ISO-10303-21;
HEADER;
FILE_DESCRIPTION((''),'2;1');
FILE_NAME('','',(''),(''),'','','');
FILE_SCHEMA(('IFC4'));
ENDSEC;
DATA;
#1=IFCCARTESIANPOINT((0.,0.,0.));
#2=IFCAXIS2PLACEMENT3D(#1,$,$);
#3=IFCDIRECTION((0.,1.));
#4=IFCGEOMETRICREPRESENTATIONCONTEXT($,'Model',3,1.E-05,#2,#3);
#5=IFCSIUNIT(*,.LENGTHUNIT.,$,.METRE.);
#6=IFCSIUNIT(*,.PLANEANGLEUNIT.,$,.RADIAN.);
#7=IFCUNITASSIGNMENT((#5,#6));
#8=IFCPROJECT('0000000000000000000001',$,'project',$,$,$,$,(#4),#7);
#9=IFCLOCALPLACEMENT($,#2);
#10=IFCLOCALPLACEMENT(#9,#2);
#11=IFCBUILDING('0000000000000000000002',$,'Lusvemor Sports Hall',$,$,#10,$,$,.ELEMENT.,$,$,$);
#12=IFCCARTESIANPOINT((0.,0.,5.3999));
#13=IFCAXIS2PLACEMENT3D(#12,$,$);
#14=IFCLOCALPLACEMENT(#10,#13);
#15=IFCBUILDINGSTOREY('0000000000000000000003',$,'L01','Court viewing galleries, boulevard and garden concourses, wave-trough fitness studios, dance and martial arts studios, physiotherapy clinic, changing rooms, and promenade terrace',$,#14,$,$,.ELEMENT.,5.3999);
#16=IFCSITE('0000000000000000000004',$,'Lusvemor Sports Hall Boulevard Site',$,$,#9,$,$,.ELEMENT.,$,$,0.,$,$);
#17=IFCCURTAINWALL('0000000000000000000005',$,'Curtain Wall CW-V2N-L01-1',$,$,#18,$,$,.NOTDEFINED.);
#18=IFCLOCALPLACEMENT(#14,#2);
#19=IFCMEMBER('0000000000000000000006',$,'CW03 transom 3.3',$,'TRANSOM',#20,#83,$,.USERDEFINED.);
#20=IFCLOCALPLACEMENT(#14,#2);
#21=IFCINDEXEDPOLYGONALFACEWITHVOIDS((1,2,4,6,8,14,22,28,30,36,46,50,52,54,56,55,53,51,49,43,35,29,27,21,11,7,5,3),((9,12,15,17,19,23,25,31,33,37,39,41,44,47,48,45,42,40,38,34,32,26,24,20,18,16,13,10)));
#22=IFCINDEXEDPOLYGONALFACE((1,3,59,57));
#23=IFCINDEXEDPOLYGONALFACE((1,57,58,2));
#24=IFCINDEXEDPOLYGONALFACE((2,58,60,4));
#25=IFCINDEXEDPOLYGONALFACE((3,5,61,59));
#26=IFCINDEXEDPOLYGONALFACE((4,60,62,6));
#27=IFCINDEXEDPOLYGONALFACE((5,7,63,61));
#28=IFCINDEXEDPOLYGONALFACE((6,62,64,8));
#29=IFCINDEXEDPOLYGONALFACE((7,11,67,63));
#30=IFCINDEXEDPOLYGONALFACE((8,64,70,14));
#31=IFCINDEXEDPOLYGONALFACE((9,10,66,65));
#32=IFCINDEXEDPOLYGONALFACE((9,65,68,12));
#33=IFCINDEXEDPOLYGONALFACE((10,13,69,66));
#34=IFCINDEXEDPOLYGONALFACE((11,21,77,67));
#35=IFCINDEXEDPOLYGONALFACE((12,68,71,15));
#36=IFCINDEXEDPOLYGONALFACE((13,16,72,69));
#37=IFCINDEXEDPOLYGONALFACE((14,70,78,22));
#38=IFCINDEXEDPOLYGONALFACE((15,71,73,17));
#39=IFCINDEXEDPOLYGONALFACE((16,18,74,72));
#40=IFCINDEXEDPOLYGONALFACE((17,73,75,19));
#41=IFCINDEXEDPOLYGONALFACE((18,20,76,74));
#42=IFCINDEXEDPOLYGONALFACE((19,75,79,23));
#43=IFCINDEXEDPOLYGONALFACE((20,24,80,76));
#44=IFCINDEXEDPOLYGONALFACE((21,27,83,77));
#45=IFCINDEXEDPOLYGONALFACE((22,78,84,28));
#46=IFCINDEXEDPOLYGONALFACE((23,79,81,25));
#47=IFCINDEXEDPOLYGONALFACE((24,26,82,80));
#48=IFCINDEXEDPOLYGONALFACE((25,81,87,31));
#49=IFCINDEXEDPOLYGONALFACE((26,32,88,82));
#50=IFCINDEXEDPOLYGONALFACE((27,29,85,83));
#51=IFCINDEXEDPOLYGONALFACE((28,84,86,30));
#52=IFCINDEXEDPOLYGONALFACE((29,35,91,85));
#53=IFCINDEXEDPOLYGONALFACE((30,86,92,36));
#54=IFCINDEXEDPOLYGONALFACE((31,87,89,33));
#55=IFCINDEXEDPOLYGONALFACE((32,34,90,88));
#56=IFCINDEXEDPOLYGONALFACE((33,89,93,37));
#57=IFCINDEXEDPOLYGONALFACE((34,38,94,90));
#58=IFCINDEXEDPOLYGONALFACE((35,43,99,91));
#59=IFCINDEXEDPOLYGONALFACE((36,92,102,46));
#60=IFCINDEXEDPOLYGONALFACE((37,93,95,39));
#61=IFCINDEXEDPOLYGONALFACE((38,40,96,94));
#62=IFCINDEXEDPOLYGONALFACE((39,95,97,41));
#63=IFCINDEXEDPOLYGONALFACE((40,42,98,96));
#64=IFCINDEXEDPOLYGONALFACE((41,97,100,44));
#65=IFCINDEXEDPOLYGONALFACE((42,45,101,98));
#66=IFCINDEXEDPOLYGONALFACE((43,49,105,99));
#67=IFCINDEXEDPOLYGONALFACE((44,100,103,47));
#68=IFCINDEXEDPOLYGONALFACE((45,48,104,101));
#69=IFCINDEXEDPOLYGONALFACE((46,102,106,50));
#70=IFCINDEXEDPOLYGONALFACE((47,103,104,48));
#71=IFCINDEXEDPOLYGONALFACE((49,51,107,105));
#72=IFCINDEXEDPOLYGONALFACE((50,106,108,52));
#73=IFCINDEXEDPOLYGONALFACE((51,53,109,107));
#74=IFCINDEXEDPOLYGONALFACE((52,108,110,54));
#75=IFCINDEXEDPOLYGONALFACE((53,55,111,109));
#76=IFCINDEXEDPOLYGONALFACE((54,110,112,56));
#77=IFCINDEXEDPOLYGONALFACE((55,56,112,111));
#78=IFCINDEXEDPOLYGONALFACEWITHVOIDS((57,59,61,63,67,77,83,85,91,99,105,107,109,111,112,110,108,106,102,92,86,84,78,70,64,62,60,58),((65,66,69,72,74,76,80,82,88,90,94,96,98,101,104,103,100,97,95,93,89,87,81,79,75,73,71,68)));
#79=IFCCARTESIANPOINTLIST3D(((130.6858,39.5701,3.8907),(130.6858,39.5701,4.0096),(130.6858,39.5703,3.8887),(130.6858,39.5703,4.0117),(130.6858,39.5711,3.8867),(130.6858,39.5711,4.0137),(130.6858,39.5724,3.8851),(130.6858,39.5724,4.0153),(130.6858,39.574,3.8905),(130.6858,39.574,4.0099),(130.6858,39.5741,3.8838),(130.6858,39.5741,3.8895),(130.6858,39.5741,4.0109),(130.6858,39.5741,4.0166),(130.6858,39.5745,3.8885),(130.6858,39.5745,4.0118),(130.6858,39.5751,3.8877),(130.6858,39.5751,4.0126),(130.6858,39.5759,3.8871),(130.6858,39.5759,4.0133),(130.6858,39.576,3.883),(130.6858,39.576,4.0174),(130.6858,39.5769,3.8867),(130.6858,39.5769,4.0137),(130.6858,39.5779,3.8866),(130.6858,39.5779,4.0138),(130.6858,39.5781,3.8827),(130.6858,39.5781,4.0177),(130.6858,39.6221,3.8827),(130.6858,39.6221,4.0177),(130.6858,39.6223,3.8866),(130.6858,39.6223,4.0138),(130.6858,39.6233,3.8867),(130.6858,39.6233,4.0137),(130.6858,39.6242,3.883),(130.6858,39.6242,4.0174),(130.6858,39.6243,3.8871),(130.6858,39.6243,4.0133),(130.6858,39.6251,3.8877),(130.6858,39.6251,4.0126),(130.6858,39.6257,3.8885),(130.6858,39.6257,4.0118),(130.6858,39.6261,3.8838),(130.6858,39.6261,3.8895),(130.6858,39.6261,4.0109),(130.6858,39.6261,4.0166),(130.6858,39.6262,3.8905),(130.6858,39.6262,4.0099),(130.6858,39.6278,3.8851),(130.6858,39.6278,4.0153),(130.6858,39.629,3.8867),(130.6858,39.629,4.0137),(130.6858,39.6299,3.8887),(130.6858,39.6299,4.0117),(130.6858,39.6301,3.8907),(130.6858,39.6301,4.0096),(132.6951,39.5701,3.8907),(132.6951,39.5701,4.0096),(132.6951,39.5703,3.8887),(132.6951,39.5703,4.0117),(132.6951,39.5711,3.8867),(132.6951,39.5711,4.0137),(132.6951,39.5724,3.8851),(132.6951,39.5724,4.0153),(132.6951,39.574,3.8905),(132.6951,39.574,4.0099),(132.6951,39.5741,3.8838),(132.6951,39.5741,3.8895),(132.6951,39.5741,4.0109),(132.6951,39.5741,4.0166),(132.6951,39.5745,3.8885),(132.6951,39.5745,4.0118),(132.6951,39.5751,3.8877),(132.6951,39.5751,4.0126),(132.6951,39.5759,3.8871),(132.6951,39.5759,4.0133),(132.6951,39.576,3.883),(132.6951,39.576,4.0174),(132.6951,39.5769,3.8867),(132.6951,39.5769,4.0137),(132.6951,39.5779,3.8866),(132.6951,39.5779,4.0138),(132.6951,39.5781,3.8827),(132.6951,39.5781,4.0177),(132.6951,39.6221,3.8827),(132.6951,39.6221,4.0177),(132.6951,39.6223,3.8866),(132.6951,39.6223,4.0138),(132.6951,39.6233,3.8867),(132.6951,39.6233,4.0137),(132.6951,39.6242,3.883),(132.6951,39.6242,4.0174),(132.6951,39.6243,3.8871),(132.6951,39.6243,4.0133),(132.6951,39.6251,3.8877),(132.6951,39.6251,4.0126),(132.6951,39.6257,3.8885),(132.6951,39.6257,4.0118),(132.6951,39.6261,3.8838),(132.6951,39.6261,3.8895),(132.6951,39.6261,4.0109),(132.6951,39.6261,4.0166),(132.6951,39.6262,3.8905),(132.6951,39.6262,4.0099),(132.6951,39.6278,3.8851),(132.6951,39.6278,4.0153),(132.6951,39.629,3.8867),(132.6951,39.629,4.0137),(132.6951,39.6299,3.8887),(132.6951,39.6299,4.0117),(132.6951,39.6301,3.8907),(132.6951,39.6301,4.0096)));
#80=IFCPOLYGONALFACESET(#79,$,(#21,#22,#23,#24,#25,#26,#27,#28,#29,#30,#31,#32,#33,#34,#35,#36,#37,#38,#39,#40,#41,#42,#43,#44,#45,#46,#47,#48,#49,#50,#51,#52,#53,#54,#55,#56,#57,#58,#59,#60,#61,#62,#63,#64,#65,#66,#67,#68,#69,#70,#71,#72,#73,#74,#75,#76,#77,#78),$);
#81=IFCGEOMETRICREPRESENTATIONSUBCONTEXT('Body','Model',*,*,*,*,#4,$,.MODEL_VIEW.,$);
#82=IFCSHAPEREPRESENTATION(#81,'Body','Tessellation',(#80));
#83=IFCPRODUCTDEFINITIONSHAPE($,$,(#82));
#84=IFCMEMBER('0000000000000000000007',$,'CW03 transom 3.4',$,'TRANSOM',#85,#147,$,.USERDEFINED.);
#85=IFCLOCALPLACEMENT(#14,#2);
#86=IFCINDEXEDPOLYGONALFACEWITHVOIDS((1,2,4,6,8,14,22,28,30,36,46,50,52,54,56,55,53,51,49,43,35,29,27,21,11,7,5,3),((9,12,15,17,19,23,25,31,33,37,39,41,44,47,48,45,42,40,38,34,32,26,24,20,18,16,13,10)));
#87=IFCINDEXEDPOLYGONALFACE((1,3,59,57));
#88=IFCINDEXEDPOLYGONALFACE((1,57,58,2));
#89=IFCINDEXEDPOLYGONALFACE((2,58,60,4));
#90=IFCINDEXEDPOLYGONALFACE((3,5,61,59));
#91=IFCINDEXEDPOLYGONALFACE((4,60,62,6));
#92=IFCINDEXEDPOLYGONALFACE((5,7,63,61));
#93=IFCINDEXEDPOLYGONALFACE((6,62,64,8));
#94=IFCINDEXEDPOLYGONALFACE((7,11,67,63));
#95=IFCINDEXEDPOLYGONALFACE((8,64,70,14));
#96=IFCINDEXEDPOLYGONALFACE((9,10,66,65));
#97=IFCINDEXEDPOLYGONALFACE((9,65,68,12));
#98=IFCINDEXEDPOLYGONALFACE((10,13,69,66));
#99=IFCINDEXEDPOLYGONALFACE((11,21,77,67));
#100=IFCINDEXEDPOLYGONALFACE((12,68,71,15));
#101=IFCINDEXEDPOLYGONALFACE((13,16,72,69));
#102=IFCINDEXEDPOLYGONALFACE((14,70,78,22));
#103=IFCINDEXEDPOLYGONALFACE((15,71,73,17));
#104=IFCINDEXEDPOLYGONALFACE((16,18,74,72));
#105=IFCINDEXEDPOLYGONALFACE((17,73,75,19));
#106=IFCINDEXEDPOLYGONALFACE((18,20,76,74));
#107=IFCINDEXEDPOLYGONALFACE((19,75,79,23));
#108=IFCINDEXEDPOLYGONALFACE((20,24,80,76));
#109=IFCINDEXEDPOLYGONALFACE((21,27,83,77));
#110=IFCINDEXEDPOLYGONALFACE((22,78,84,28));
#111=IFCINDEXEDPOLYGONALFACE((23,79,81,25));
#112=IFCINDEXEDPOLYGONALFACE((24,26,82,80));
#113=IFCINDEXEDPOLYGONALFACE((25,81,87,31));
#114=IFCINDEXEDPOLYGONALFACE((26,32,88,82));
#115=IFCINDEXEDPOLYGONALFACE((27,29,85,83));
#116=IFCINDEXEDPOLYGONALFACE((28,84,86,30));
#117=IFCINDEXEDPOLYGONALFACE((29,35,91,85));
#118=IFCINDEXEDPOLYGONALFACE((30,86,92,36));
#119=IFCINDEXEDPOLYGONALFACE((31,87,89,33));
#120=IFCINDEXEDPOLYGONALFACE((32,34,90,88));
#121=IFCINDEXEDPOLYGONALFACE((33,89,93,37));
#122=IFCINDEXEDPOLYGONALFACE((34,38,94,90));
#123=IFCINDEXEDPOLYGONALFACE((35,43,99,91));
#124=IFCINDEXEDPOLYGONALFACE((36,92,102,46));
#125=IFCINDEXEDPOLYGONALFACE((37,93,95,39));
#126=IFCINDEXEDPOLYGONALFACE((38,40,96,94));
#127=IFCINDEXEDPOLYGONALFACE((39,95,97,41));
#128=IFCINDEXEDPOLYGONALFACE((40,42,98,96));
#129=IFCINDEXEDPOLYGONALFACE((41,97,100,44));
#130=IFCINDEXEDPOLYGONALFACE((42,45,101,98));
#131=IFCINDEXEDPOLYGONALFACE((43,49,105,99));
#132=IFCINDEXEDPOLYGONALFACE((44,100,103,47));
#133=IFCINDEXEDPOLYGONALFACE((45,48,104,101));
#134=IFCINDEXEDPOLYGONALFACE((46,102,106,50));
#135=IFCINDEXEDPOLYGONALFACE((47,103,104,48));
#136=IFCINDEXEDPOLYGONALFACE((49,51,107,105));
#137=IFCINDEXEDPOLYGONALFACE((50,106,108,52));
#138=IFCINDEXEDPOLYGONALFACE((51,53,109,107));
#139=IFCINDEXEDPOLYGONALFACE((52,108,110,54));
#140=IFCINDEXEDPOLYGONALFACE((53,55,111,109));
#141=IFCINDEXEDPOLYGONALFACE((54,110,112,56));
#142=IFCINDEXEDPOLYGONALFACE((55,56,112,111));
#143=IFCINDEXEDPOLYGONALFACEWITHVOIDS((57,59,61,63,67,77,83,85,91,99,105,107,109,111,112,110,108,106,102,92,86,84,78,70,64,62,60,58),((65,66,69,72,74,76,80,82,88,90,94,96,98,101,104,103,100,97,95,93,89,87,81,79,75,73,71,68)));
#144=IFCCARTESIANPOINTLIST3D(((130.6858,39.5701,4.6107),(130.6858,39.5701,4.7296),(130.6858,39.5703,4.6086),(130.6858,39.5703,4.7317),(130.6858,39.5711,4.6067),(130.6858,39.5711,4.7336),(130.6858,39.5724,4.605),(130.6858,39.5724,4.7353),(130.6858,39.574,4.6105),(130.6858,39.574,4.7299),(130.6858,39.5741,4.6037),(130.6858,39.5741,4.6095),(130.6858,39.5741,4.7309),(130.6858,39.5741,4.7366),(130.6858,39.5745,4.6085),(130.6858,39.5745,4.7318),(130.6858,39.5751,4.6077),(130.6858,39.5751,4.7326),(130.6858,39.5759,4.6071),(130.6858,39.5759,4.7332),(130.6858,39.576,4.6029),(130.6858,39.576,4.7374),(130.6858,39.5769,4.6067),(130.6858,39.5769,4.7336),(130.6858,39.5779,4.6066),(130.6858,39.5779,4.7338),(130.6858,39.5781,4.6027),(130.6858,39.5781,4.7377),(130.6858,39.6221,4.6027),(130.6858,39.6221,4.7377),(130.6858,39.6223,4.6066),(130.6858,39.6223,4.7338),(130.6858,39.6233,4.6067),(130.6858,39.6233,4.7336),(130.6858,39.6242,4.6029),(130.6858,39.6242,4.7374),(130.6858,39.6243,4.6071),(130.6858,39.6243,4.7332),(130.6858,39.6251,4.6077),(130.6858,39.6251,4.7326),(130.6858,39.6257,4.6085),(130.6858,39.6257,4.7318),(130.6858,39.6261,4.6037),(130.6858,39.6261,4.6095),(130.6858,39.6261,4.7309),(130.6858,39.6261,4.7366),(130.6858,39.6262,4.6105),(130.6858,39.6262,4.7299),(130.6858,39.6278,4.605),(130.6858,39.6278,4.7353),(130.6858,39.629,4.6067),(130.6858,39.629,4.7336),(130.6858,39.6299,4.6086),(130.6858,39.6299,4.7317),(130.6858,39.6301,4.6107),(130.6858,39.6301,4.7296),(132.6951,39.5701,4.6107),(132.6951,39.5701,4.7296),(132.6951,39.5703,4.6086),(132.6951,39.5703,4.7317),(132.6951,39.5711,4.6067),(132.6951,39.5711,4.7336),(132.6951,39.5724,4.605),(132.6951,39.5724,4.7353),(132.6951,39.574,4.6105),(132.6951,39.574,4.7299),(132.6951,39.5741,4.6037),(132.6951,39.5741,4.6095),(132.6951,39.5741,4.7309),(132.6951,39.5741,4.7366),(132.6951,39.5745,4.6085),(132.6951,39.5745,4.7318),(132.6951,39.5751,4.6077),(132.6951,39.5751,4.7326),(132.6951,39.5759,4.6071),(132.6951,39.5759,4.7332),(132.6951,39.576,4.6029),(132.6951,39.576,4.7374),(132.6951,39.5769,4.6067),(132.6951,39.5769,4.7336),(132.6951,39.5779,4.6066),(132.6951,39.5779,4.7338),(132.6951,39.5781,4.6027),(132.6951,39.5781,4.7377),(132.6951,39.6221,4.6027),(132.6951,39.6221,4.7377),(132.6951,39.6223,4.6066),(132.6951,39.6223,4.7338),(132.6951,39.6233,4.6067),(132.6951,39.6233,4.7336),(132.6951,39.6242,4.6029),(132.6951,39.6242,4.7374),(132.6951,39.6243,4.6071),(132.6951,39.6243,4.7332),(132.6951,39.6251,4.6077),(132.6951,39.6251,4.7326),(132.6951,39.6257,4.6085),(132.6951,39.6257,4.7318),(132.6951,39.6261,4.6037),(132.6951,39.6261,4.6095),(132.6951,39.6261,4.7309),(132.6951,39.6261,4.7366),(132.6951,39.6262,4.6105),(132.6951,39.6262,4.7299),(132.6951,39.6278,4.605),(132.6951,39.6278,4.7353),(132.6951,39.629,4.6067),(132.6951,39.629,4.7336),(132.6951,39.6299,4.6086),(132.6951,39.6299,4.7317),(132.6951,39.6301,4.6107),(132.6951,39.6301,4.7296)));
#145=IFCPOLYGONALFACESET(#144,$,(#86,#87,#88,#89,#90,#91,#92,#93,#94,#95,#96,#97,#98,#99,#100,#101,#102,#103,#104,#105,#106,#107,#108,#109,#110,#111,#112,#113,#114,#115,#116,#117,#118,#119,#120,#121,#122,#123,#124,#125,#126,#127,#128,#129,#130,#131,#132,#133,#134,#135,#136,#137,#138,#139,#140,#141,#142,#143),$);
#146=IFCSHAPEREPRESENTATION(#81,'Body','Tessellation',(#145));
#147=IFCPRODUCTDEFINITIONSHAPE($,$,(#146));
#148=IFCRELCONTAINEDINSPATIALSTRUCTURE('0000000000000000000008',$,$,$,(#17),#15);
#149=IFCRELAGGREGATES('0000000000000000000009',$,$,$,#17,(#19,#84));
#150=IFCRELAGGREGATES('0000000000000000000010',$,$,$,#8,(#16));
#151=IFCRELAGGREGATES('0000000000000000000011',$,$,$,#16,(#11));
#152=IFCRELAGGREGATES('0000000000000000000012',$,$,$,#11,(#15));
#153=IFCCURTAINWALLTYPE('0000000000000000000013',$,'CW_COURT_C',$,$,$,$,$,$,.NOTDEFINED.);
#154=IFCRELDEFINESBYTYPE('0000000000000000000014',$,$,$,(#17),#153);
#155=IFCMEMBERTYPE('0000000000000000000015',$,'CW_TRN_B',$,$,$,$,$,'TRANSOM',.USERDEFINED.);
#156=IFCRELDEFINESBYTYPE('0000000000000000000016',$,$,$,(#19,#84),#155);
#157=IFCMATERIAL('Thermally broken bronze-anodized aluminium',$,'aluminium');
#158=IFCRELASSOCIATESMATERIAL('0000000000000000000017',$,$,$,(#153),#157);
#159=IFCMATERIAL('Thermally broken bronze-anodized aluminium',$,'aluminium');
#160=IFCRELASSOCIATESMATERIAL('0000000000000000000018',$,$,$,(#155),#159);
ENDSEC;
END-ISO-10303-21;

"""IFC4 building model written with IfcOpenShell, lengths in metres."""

from ifc_helpers import new_model, si_unit, direction, frame, origin, origin_2d, place, context, subcontext, project, spatial, hollow_rectangle, extrude, material, material_profile, profile_set, type_object, element, aggregate, save


model = new_model("IFC4")

# Units and contexts
model_context = context("Model", 3, precision=1e-05, world=origin(), true_north=direction((0.0, 1.0)))
body_context = subcontext(model_context, "Body", "Model", "MODEL_VIEW")
ifc_project = project(units=[si_unit("LENGTHUNIT", "METRE"), si_unit("PLANEANGLEUNIT", "RADIAN")], contexts=[model_context])

# Site, building, storey
site_placement = place(None, origin())
site = spatial("IfcSite", under=ifc_project, at=site_placement, Name="Lusvemor Sports Hall Boulevard Site", CompositionType="ELEMENT", RefElevation=0.0)
building_placement = place(site_placement, origin())
building = spatial("IfcBuilding", under=site, at=building_placement, Name="Lusvemor Sports Hall", CompositionType="ELEMENT")
storey_placement = place(building_placement, frame((0.0, 0.0, 5.3999)))
storey = spatial("IfcBuildingStorey", under=building, at=storey_placement, Name="L01", Description="Court viewing galleries, boulevard and garden concourses, wave-trough fitness studios, dance and martial arts studios, physiotherapy clinic, changing rooms, and promenade terrace", CompositionType="ELEMENT", Elevation=5.3999)

# Curtain wall
ifc_material_1 = material(Name="Thermally broken bronze-anodized aluminium", Category="aluminium")
curtain_wall_type_1 = type_object("IfcCurtainWallType", Name="CW_COURT_C", PredefinedType="NOTDEFINED", material=ifc_material_1)
curtain_wall_1_placement = place(storey_placement, origin())
curtain_wall_1 = element("IfcCurtainWall", 1, at=curtain_wall_1_placement, inside=storey, type_object=curtain_wall_type_1, Name="Curtain Wall CW-V2N-L01-1", PredefinedType="NOTDEFINED")

# Members
ifc_material_2 = material(Name="Thermally broken bronze-anodized aluminium", Category="aluminium")
ifc_material_profile_1 = material_profile(ifc_material_2, hollow_rectangle(XDim=0.0601, YDim=0.135, WallThickness=0.0039, InnerFilletRadius=0.0039, OuterFilletRadius=0.0081, at=origin_2d()), Name="CWTRN135x60x4")
ifc_profile_set_1 = profile_set([ifc_material_profile_1], Name="Thermally broken bronze-anodized aluminium")
member_type_1 = type_object("IfcMemberType", Name="CW_TRN_B", ElementType="TRANSOM", PredefinedType="USERDEFINED", material=ifc_profile_set_1)
member_1_placement = place(storey_placement, frame((130.6858, 39.6001, 3.9502), z_axis=(1.0, 0.0, 0.0), x_axis=(0.0, 1.0, 0.0)))
member_1 = element("IfcMember", 2, at=member_1_placement, type_object=member_type_1, Name="CW03 transom 3.3", ObjectType="TRANSOM", PredefinedType="USERDEFINED", context=body_context, shape_type="SweptSolid", body=[
    extrude(hollow_rectangle(XDim=0.0601, YDim=0.135, WallThickness=0.0039, InnerFilletRadius=0.0039, OuterFilletRadius=0.0081, at=origin_2d()), origin(), (0.0, 0.0, 1.0), 2.0093),
])
member_2_placement = place(storey_placement, frame((130.6858, 39.6001, 4.6702), z_axis=(1.0, 0.0, 0.0), x_axis=(0.0, 1.0, 0.0)))
member_2 = element("IfcMember", 3, at=member_2_placement, type_object=member_type_1, Name="CW03 transom 3.4", ObjectType="TRANSOM", PredefinedType="USERDEFINED", context=body_context, shape_type="SweptSolid", body=[
    extrude(hollow_rectangle(XDim=0.0601, YDim=0.135, WallThickness=0.0039, InnerFilletRadius=0.0039, OuterFilletRadius=0.0081, at=origin_2d()), origin(), (0.0, 0.0, 1.0), 2.0093),
])

aggregate(curtain_wall_1, [member_1, member_2])

save(model, "model.ifc")
